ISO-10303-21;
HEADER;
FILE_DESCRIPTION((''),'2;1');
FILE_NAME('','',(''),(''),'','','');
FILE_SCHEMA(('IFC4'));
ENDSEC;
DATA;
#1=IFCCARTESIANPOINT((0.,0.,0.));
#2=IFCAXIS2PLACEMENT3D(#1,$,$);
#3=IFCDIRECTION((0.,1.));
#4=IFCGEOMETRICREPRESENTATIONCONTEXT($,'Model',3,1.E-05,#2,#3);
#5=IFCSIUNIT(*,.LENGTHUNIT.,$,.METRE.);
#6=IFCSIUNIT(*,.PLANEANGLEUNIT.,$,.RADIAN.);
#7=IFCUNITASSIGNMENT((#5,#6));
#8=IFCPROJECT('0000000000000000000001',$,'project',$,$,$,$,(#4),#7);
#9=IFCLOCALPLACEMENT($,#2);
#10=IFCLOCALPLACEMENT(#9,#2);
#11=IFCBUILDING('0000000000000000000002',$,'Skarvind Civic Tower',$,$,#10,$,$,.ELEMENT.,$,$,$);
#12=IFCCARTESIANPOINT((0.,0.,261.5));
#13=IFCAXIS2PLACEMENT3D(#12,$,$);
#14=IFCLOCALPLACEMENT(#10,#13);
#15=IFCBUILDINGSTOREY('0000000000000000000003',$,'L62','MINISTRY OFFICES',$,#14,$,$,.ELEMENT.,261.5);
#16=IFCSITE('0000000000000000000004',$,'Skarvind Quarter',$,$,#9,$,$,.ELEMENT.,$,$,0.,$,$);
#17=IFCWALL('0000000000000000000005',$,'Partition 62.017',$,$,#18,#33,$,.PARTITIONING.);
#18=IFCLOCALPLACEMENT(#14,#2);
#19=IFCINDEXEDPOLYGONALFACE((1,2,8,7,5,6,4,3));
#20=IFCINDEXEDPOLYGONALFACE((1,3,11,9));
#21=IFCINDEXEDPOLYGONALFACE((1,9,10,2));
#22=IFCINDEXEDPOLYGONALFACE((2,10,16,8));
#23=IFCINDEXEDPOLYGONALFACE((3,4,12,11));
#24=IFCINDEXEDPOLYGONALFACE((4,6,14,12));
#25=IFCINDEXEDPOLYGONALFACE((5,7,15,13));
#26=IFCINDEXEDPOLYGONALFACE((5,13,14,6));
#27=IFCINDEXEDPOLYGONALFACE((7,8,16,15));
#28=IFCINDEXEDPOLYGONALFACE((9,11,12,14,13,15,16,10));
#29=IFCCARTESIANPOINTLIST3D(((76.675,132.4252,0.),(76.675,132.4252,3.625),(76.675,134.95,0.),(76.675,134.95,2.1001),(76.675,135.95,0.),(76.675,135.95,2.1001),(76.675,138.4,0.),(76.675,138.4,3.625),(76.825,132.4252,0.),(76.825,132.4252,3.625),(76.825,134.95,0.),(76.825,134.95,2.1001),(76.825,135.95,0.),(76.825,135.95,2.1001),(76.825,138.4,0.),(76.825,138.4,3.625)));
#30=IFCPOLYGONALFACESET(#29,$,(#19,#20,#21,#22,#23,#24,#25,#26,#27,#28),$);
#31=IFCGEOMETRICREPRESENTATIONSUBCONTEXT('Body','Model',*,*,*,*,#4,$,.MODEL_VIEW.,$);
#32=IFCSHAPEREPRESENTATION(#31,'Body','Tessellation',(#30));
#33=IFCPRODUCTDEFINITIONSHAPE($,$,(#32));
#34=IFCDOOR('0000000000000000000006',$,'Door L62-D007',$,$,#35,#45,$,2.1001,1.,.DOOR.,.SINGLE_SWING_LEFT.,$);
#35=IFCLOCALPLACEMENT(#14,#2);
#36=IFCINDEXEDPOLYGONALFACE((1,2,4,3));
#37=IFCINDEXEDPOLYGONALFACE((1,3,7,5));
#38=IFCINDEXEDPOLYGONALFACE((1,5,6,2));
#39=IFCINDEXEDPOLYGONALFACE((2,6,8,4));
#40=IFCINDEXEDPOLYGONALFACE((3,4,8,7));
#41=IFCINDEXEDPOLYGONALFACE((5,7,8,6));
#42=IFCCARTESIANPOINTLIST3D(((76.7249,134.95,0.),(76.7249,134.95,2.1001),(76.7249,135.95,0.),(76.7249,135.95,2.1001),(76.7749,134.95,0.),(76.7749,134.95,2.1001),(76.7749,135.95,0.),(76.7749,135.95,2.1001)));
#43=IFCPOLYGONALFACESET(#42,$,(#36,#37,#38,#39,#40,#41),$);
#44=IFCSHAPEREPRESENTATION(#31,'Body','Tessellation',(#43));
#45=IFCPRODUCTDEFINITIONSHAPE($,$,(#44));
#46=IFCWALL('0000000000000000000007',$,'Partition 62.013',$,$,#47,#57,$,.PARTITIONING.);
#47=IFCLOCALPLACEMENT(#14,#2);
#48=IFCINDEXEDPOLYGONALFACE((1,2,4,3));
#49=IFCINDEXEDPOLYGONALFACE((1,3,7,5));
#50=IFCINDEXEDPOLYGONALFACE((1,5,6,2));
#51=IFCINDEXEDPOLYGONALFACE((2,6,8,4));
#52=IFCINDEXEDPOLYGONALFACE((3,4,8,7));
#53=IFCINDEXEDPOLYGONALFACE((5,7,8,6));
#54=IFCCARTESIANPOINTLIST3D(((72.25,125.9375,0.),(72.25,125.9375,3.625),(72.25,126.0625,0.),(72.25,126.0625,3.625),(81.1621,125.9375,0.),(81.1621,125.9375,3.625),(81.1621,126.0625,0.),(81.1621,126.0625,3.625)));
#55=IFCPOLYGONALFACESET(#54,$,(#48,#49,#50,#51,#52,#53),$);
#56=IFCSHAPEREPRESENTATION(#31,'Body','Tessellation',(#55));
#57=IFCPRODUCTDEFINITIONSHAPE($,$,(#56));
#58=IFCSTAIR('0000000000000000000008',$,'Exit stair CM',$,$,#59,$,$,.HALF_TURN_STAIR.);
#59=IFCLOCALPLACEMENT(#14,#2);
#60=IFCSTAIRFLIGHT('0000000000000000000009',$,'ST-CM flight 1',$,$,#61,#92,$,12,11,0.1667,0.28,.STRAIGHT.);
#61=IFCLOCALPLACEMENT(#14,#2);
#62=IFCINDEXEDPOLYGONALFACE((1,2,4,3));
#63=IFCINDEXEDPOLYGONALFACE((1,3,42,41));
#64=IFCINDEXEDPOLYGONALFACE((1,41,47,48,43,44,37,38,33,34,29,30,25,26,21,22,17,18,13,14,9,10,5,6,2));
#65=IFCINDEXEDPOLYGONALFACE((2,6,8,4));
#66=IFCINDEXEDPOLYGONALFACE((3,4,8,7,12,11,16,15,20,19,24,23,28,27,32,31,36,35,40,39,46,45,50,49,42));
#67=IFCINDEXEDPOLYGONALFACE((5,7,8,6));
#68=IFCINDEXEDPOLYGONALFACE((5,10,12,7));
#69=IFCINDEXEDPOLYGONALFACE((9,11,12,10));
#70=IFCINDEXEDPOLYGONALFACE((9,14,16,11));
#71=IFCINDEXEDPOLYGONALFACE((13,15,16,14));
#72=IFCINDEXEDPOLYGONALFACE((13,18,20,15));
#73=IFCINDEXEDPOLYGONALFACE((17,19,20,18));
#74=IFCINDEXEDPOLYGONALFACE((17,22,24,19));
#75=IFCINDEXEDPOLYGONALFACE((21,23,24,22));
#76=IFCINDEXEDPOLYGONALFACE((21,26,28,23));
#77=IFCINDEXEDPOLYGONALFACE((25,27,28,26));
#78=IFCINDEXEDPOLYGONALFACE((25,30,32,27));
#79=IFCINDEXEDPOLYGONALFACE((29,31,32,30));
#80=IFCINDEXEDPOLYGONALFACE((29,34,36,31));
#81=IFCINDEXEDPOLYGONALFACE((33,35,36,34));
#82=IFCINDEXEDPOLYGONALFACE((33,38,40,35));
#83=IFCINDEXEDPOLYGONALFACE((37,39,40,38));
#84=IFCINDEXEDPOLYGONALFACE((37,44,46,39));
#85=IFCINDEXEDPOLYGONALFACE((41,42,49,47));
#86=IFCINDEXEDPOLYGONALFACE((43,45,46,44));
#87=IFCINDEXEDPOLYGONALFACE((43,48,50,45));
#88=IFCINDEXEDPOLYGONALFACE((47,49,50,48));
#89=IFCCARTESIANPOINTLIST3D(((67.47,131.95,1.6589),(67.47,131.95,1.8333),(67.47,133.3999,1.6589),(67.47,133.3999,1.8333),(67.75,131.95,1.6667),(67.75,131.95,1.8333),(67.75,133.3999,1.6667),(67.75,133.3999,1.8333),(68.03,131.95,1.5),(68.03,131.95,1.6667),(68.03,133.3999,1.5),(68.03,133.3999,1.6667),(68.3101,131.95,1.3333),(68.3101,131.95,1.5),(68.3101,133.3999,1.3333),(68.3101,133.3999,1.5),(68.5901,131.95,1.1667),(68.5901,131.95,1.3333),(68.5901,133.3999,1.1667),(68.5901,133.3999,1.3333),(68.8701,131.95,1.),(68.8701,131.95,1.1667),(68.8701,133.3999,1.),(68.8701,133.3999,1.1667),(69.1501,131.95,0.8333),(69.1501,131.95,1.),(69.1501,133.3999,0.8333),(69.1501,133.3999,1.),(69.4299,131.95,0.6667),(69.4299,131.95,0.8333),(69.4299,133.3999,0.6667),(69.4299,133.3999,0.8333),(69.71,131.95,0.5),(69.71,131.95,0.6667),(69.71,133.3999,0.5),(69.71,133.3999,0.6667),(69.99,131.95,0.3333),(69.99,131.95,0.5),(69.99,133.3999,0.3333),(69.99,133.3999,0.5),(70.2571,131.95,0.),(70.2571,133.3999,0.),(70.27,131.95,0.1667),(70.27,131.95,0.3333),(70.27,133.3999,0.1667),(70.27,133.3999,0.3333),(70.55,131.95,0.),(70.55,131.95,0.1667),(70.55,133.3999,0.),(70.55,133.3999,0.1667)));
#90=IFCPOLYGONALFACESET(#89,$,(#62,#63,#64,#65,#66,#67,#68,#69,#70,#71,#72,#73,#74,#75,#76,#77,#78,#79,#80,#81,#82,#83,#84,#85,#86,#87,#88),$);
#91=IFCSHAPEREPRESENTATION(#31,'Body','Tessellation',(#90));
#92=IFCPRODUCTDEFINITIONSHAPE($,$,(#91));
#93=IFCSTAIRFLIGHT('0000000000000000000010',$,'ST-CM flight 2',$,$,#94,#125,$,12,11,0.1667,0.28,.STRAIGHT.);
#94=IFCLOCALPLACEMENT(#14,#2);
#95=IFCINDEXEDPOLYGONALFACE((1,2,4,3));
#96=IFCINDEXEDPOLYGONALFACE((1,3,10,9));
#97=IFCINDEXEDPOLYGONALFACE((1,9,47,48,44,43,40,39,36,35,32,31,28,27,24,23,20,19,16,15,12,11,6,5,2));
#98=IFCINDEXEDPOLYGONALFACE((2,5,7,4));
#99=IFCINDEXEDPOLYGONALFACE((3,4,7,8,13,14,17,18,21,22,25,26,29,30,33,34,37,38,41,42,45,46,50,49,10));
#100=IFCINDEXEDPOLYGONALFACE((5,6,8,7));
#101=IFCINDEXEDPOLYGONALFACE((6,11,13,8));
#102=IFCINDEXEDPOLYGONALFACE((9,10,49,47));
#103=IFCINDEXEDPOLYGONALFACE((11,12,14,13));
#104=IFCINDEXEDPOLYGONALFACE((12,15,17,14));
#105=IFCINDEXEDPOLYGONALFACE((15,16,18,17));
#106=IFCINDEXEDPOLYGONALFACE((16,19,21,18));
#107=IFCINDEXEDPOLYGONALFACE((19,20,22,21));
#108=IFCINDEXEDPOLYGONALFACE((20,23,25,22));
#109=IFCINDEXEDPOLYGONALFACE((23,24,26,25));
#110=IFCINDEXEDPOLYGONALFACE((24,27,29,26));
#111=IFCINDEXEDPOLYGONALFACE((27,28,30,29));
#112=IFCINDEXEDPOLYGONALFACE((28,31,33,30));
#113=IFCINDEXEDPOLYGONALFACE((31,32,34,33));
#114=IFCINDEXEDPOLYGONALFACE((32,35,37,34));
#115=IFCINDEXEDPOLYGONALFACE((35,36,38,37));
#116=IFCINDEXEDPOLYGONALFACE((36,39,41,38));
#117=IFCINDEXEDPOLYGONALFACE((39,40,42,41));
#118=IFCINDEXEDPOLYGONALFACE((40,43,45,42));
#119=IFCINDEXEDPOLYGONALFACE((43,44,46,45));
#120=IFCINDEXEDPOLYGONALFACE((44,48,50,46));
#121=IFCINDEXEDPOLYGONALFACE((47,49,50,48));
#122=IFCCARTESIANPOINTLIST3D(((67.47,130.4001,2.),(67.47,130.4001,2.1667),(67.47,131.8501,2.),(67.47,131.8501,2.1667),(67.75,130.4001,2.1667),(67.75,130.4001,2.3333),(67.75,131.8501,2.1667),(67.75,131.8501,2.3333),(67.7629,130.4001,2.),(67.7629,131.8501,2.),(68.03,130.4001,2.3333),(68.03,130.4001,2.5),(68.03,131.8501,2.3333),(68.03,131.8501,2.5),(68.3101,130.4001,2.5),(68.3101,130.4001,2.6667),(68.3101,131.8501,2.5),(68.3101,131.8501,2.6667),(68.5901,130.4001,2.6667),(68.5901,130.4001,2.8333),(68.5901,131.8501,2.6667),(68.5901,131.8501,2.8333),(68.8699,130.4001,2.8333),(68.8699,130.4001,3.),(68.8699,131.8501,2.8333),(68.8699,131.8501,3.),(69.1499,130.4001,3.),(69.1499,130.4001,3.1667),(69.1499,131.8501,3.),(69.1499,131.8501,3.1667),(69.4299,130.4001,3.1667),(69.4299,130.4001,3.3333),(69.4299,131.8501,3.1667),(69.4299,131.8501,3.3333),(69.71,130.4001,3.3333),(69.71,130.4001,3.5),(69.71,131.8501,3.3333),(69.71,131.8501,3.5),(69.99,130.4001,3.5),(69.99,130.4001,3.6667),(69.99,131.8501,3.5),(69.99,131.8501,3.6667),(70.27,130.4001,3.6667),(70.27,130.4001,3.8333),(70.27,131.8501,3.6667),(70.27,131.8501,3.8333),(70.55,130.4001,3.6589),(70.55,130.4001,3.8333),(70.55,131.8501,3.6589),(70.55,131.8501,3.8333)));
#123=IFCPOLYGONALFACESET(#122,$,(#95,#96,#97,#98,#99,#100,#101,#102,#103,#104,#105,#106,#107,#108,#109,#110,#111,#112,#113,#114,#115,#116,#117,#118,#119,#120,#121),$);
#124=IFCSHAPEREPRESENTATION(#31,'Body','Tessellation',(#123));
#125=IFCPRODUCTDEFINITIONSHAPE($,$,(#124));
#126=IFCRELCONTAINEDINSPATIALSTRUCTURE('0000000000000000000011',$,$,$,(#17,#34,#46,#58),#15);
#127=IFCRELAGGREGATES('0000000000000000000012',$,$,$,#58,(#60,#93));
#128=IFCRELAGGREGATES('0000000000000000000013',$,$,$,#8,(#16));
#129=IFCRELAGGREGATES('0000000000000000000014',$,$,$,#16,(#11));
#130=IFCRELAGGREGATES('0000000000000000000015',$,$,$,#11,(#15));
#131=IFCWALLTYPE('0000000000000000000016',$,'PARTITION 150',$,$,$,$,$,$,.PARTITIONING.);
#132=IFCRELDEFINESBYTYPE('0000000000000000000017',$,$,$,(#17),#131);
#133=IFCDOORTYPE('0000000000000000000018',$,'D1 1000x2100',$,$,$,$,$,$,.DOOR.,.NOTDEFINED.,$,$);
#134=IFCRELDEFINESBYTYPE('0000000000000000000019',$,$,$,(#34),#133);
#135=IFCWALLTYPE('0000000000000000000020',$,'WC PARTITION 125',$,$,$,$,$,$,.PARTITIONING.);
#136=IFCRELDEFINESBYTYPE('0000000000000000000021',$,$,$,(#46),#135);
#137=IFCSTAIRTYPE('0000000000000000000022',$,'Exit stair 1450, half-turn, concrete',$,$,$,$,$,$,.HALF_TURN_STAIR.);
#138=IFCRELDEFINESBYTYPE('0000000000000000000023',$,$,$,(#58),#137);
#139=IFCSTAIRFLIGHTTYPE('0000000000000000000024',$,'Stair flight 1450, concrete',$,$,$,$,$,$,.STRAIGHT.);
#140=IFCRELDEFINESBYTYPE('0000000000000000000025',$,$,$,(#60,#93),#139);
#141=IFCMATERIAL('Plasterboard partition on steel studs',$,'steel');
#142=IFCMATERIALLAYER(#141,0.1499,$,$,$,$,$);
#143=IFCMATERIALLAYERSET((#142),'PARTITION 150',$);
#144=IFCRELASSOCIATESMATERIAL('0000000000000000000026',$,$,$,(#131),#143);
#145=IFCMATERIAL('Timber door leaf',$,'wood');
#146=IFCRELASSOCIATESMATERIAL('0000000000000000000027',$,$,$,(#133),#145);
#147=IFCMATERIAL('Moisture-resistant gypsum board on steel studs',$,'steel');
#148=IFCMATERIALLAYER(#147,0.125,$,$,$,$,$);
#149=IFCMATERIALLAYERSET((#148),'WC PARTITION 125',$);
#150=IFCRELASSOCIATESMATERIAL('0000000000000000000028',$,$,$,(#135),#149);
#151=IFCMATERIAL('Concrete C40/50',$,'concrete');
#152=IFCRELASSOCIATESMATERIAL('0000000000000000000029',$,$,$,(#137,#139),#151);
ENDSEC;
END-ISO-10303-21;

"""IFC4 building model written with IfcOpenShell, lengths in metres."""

from ifc_helpers import new_model, si_unit, direction, frame, frame_2d, origin, place, context, subcontext, project, spatial, polyline, rectangle, outline, extrude, material, layer, layer_set, type_object, element, fill, aggregate, save


model = new_model("IFC4")

# Units and contexts
model_context = context("Model", 3, precision=1e-05, world=origin(), true_north=direction((0.0, 1.0)))
body_context = subcontext(model_context, "Body", "Model", "MODEL_VIEW")
ifc_project = project(units=[si_unit("LENGTHUNIT", "METRE"), si_unit("PLANEANGLEUNIT", "RADIAN")], contexts=[model_context])

# Site, building, storey
site_placement = place(None, origin())
site = spatial("IfcSite", under=ifc_project, at=site_placement, Name="Skarvind Quarter", CompositionType="ELEMENT", RefElevation=0.0)
building_placement = place(site_placement, origin())
building = spatial("IfcBuilding", under=site, at=building_placement, Name="Skarvind Civic Tower", CompositionType="ELEMENT")
storey_placement = place(building_placement, frame((0.0, 0.0, 261.5)))
storey = spatial("IfcBuildingStorey", under=building, at=storey_placement, Name="L62", Description="MINISTRY OFFICES", CompositionType="ELEMENT", Elevation=261.5)

# Shared definitions
ifc_material_1 = material(Name="Plasterboard partition on steel studs", Category="steel")
ifc_layer_1 = layer(ifc_material_1, 0.1499)
ifc_layer_set_1 = layer_set([ifc_layer_1], Name="PARTITION 150")
wall_type_1 = type_object("IfcWallType", Name="PARTITION 150", PredefinedType="PARTITIONING", material=ifc_layer_set_1)
ifc_material_2 = material(Name="Timber door leaf", Category="wood")
door_type = type_object("IfcDoorType", Name="D1 1000x2100", OperationType="NOTDEFINED", PredefinedType="DOOR", material=ifc_material_2)

# Wall, opening, door
wall_1_placement = place(storey_placement, frame((76.75, 138.3999, 0.0), z_axis=(0.0, 0.0, 1.0), x_axis=(0.0, -1.0, 0.0)))
wall_1 = element("IfcWall", 1, at=wall_1_placement, inside=storey, type_object=wall_type_1, Name="Partition 62.017", PredefinedType="PARTITIONING", context=body_context, shape_type="SweptSolid", body=[
    extrude(rectangle(XDim=5.9749, YDim=0.1499, at=frame_2d((2.9873, 0.0))), origin(), (0.0, 0.0, 1.0), 3.625),
])
opening_1_placement = place(wall_1_placement, frame((2.45, 0.0, 0.0)))
opening_1 = element("IfcOpeningElement", 2, at=opening_1_placement, cuts=wall_1, PredefinedType="OPENING", context=body_context, shape_type="SweptSolid", body=[
    extrude(rectangle(XDim=1.0, YDim=2.1001, at=frame_2d((0.5, 1.05))), frame((0.0, 0.085, 0.0), z_axis=(0.0, -1.0, 0.0), x_axis=(1.0, 0.0, 0.0)), (0.0, 0.0, 1.0), 0.1699),
])
door_1_placement = place(opening_1_placement, origin())
door_1 = element("IfcDoor", 3, at=door_1_placement, inside=storey, type_object=door_type, Name="Door L62-D007", OperationType="SINGLE_SWING_LEFT", OverallHeight=2.1001, OverallWidth=1.0, PredefinedType="DOOR", context=body_context, shape_type="SweptSolid", body=[
    extrude(rectangle(XDim=1.0, YDim=2.1001, at=frame_2d((0.5, 1.05))), frame((0.0, 0.0249, 0.0), z_axis=(0.0, -1.0, 0.0), x_axis=(1.0, 0.0, 0.0)), (0.0, 0.0, 1.0), 0.05),
])
fill(opening_1, door_1)

# Wall
ifc_material_3 = material(Name="Moisture-resistant gypsum board on steel studs", Category="steel")
ifc_layer_2 = layer(ifc_material_3, 0.125)
ifc_layer_set_2 = layer_set([ifc_layer_2], Name="WC PARTITION 125")
wall_type_2 = type_object("IfcWallType", Name="WC PARTITION 125", PredefinedType="PARTITIONING", material=ifc_layer_set_2)
wall_2_placement = place(storey_placement, frame((72.25, 126.0, 0.0), z_axis=(0.0, 0.0, 1.0), x_axis=(1.0, 0.0, 0.0)))
element("IfcWall", 4, at=wall_2_placement, inside=storey, type_object=wall_type_2, Name="Partition 62.013", PredefinedType="PARTITIONING", context=body_context, shape_type="SweptSolid", body=[
    extrude(rectangle(XDim=8.9121, YDim=0.125, at=frame_2d((4.4561, 0.0))), origin(), (0.0, 0.0, 1.0), 3.625),
])

# Stair, stair flights
ifc_material_4 = material(Name="Concrete C40/50", Category="concrete")
stair_type = type_object("IfcStairType", Name="Exit stair 1450, half-turn, concrete", PredefinedType="HALF_TURN_STAIR", material=ifc_material_4)
stair_placement = place(storey_placement, origin())
stair = element("IfcStair", 5, at=stair_placement, inside=storey, type_object=stair_type, Name="Exit stair CM", PredefinedType="HALF_TURN_STAIR")
stair_flight_type = type_object("IfcStairFlightType", Name="Stair flight 1450, concrete", PredefinedType="STRAIGHT", material=ifc_material_4)
stair_flight_1_placement = place(storey_placement, frame((70.55, 132.675, 0.0), z_axis=(0.0, 0.0, 1.0), x_axis=(-1.0, 0.0, 0.0)))
stair_flight_1 = element("IfcStairFlight", 6, at=stair_flight_1_placement, type_object=stair_flight_type, Name="ST-CM flight 1", NumberOfRisers=12, NumberOfTreads=11, PredefinedType="STRAIGHT", RiserHeight=0.1667, TreadLength=0.28, context=body_context, shape_type="SweptSolid", body=[
    extrude(outline(polyline([(0.0, 0.0), (0.0, 0.1667), (0.28, 0.1667), (0.28, 0.3333), (0.5601, 0.3333), (0.5601, 0.5), (0.8401, 0.5), (0.8401, 0.6667), (1.1201, 0.6667), (1.1201, 0.8333), (1.3999, 0.8333), (1.3999, 1.0), (1.6799, 1.0), (1.6799, 1.1667), (1.96, 1.1667), (1.96, 1.3333), (2.24, 1.3333), (2.24, 1.5), (2.52, 1.5), (2.52, 1.6667), (2.8, 1.6667), (2.8, 1.8333), (3.0801, 1.8333), (3.0801, 2.0), (3.0801, 1.6589), (0.293, 0.0), (0.0, 0.0)])), frame((0.0, 0.7251, 0.0), z_axis=(0.0, -1.0, 0.0), x_axis=(1.0, 0.0, 0.0)), (0.0, 0.0, 1.0), 1.45),
])
stair_flight_2_placement = place(storey_placement, frame((67.47, 131.125, 2.0), z_axis=(0.0, 0.0, 1.0), x_axis=(1.0, 0.0, 0.0)))
stair_flight_2 = element("IfcStairFlight", 7, at=stair_flight_2_placement, type_object=stair_flight_type, Name="ST-CM flight 2", NumberOfRisers=12, NumberOfTreads=11, PredefinedType="STRAIGHT", RiserHeight=0.1667, TreadLength=0.28, context=body_context, shape_type="SweptSolid", body=[
    extrude(outline(polyline([(0.0, 0.0), (0.0, 0.1667), (0.28, 0.1667), (0.28, 0.3333), (0.5601, 0.3333), (0.5601, 0.5), (0.8401, 0.5), (0.8401, 0.6667), (1.1201, 0.6667), (1.1201, 0.8333), (1.3999, 0.8333), (1.3999, 1.0), (1.6799, 1.0), (1.6799, 1.1667), (1.96, 1.1667), (1.96, 1.3333), (2.24, 1.3333), (2.24, 1.5), (2.52, 1.5), (2.52, 1.6667), (2.8, 1.6667), (2.8, 1.8333), (3.0801, 1.8333), (3.0801, 2.0), (3.0801, 1.6589), (0.293, 0.0), (0.0, 0.0)])), frame((0.0, 0.7251, 0.0), z_axis=(0.0, -1.0, 0.0), x_axis=(1.0, 0.0, 0.0)), (0.0, 0.0, 1.0), 1.45),
])
aggregate(stair, [stair_flight_1, stair_flight_2])

save(model, "model.ifc")
